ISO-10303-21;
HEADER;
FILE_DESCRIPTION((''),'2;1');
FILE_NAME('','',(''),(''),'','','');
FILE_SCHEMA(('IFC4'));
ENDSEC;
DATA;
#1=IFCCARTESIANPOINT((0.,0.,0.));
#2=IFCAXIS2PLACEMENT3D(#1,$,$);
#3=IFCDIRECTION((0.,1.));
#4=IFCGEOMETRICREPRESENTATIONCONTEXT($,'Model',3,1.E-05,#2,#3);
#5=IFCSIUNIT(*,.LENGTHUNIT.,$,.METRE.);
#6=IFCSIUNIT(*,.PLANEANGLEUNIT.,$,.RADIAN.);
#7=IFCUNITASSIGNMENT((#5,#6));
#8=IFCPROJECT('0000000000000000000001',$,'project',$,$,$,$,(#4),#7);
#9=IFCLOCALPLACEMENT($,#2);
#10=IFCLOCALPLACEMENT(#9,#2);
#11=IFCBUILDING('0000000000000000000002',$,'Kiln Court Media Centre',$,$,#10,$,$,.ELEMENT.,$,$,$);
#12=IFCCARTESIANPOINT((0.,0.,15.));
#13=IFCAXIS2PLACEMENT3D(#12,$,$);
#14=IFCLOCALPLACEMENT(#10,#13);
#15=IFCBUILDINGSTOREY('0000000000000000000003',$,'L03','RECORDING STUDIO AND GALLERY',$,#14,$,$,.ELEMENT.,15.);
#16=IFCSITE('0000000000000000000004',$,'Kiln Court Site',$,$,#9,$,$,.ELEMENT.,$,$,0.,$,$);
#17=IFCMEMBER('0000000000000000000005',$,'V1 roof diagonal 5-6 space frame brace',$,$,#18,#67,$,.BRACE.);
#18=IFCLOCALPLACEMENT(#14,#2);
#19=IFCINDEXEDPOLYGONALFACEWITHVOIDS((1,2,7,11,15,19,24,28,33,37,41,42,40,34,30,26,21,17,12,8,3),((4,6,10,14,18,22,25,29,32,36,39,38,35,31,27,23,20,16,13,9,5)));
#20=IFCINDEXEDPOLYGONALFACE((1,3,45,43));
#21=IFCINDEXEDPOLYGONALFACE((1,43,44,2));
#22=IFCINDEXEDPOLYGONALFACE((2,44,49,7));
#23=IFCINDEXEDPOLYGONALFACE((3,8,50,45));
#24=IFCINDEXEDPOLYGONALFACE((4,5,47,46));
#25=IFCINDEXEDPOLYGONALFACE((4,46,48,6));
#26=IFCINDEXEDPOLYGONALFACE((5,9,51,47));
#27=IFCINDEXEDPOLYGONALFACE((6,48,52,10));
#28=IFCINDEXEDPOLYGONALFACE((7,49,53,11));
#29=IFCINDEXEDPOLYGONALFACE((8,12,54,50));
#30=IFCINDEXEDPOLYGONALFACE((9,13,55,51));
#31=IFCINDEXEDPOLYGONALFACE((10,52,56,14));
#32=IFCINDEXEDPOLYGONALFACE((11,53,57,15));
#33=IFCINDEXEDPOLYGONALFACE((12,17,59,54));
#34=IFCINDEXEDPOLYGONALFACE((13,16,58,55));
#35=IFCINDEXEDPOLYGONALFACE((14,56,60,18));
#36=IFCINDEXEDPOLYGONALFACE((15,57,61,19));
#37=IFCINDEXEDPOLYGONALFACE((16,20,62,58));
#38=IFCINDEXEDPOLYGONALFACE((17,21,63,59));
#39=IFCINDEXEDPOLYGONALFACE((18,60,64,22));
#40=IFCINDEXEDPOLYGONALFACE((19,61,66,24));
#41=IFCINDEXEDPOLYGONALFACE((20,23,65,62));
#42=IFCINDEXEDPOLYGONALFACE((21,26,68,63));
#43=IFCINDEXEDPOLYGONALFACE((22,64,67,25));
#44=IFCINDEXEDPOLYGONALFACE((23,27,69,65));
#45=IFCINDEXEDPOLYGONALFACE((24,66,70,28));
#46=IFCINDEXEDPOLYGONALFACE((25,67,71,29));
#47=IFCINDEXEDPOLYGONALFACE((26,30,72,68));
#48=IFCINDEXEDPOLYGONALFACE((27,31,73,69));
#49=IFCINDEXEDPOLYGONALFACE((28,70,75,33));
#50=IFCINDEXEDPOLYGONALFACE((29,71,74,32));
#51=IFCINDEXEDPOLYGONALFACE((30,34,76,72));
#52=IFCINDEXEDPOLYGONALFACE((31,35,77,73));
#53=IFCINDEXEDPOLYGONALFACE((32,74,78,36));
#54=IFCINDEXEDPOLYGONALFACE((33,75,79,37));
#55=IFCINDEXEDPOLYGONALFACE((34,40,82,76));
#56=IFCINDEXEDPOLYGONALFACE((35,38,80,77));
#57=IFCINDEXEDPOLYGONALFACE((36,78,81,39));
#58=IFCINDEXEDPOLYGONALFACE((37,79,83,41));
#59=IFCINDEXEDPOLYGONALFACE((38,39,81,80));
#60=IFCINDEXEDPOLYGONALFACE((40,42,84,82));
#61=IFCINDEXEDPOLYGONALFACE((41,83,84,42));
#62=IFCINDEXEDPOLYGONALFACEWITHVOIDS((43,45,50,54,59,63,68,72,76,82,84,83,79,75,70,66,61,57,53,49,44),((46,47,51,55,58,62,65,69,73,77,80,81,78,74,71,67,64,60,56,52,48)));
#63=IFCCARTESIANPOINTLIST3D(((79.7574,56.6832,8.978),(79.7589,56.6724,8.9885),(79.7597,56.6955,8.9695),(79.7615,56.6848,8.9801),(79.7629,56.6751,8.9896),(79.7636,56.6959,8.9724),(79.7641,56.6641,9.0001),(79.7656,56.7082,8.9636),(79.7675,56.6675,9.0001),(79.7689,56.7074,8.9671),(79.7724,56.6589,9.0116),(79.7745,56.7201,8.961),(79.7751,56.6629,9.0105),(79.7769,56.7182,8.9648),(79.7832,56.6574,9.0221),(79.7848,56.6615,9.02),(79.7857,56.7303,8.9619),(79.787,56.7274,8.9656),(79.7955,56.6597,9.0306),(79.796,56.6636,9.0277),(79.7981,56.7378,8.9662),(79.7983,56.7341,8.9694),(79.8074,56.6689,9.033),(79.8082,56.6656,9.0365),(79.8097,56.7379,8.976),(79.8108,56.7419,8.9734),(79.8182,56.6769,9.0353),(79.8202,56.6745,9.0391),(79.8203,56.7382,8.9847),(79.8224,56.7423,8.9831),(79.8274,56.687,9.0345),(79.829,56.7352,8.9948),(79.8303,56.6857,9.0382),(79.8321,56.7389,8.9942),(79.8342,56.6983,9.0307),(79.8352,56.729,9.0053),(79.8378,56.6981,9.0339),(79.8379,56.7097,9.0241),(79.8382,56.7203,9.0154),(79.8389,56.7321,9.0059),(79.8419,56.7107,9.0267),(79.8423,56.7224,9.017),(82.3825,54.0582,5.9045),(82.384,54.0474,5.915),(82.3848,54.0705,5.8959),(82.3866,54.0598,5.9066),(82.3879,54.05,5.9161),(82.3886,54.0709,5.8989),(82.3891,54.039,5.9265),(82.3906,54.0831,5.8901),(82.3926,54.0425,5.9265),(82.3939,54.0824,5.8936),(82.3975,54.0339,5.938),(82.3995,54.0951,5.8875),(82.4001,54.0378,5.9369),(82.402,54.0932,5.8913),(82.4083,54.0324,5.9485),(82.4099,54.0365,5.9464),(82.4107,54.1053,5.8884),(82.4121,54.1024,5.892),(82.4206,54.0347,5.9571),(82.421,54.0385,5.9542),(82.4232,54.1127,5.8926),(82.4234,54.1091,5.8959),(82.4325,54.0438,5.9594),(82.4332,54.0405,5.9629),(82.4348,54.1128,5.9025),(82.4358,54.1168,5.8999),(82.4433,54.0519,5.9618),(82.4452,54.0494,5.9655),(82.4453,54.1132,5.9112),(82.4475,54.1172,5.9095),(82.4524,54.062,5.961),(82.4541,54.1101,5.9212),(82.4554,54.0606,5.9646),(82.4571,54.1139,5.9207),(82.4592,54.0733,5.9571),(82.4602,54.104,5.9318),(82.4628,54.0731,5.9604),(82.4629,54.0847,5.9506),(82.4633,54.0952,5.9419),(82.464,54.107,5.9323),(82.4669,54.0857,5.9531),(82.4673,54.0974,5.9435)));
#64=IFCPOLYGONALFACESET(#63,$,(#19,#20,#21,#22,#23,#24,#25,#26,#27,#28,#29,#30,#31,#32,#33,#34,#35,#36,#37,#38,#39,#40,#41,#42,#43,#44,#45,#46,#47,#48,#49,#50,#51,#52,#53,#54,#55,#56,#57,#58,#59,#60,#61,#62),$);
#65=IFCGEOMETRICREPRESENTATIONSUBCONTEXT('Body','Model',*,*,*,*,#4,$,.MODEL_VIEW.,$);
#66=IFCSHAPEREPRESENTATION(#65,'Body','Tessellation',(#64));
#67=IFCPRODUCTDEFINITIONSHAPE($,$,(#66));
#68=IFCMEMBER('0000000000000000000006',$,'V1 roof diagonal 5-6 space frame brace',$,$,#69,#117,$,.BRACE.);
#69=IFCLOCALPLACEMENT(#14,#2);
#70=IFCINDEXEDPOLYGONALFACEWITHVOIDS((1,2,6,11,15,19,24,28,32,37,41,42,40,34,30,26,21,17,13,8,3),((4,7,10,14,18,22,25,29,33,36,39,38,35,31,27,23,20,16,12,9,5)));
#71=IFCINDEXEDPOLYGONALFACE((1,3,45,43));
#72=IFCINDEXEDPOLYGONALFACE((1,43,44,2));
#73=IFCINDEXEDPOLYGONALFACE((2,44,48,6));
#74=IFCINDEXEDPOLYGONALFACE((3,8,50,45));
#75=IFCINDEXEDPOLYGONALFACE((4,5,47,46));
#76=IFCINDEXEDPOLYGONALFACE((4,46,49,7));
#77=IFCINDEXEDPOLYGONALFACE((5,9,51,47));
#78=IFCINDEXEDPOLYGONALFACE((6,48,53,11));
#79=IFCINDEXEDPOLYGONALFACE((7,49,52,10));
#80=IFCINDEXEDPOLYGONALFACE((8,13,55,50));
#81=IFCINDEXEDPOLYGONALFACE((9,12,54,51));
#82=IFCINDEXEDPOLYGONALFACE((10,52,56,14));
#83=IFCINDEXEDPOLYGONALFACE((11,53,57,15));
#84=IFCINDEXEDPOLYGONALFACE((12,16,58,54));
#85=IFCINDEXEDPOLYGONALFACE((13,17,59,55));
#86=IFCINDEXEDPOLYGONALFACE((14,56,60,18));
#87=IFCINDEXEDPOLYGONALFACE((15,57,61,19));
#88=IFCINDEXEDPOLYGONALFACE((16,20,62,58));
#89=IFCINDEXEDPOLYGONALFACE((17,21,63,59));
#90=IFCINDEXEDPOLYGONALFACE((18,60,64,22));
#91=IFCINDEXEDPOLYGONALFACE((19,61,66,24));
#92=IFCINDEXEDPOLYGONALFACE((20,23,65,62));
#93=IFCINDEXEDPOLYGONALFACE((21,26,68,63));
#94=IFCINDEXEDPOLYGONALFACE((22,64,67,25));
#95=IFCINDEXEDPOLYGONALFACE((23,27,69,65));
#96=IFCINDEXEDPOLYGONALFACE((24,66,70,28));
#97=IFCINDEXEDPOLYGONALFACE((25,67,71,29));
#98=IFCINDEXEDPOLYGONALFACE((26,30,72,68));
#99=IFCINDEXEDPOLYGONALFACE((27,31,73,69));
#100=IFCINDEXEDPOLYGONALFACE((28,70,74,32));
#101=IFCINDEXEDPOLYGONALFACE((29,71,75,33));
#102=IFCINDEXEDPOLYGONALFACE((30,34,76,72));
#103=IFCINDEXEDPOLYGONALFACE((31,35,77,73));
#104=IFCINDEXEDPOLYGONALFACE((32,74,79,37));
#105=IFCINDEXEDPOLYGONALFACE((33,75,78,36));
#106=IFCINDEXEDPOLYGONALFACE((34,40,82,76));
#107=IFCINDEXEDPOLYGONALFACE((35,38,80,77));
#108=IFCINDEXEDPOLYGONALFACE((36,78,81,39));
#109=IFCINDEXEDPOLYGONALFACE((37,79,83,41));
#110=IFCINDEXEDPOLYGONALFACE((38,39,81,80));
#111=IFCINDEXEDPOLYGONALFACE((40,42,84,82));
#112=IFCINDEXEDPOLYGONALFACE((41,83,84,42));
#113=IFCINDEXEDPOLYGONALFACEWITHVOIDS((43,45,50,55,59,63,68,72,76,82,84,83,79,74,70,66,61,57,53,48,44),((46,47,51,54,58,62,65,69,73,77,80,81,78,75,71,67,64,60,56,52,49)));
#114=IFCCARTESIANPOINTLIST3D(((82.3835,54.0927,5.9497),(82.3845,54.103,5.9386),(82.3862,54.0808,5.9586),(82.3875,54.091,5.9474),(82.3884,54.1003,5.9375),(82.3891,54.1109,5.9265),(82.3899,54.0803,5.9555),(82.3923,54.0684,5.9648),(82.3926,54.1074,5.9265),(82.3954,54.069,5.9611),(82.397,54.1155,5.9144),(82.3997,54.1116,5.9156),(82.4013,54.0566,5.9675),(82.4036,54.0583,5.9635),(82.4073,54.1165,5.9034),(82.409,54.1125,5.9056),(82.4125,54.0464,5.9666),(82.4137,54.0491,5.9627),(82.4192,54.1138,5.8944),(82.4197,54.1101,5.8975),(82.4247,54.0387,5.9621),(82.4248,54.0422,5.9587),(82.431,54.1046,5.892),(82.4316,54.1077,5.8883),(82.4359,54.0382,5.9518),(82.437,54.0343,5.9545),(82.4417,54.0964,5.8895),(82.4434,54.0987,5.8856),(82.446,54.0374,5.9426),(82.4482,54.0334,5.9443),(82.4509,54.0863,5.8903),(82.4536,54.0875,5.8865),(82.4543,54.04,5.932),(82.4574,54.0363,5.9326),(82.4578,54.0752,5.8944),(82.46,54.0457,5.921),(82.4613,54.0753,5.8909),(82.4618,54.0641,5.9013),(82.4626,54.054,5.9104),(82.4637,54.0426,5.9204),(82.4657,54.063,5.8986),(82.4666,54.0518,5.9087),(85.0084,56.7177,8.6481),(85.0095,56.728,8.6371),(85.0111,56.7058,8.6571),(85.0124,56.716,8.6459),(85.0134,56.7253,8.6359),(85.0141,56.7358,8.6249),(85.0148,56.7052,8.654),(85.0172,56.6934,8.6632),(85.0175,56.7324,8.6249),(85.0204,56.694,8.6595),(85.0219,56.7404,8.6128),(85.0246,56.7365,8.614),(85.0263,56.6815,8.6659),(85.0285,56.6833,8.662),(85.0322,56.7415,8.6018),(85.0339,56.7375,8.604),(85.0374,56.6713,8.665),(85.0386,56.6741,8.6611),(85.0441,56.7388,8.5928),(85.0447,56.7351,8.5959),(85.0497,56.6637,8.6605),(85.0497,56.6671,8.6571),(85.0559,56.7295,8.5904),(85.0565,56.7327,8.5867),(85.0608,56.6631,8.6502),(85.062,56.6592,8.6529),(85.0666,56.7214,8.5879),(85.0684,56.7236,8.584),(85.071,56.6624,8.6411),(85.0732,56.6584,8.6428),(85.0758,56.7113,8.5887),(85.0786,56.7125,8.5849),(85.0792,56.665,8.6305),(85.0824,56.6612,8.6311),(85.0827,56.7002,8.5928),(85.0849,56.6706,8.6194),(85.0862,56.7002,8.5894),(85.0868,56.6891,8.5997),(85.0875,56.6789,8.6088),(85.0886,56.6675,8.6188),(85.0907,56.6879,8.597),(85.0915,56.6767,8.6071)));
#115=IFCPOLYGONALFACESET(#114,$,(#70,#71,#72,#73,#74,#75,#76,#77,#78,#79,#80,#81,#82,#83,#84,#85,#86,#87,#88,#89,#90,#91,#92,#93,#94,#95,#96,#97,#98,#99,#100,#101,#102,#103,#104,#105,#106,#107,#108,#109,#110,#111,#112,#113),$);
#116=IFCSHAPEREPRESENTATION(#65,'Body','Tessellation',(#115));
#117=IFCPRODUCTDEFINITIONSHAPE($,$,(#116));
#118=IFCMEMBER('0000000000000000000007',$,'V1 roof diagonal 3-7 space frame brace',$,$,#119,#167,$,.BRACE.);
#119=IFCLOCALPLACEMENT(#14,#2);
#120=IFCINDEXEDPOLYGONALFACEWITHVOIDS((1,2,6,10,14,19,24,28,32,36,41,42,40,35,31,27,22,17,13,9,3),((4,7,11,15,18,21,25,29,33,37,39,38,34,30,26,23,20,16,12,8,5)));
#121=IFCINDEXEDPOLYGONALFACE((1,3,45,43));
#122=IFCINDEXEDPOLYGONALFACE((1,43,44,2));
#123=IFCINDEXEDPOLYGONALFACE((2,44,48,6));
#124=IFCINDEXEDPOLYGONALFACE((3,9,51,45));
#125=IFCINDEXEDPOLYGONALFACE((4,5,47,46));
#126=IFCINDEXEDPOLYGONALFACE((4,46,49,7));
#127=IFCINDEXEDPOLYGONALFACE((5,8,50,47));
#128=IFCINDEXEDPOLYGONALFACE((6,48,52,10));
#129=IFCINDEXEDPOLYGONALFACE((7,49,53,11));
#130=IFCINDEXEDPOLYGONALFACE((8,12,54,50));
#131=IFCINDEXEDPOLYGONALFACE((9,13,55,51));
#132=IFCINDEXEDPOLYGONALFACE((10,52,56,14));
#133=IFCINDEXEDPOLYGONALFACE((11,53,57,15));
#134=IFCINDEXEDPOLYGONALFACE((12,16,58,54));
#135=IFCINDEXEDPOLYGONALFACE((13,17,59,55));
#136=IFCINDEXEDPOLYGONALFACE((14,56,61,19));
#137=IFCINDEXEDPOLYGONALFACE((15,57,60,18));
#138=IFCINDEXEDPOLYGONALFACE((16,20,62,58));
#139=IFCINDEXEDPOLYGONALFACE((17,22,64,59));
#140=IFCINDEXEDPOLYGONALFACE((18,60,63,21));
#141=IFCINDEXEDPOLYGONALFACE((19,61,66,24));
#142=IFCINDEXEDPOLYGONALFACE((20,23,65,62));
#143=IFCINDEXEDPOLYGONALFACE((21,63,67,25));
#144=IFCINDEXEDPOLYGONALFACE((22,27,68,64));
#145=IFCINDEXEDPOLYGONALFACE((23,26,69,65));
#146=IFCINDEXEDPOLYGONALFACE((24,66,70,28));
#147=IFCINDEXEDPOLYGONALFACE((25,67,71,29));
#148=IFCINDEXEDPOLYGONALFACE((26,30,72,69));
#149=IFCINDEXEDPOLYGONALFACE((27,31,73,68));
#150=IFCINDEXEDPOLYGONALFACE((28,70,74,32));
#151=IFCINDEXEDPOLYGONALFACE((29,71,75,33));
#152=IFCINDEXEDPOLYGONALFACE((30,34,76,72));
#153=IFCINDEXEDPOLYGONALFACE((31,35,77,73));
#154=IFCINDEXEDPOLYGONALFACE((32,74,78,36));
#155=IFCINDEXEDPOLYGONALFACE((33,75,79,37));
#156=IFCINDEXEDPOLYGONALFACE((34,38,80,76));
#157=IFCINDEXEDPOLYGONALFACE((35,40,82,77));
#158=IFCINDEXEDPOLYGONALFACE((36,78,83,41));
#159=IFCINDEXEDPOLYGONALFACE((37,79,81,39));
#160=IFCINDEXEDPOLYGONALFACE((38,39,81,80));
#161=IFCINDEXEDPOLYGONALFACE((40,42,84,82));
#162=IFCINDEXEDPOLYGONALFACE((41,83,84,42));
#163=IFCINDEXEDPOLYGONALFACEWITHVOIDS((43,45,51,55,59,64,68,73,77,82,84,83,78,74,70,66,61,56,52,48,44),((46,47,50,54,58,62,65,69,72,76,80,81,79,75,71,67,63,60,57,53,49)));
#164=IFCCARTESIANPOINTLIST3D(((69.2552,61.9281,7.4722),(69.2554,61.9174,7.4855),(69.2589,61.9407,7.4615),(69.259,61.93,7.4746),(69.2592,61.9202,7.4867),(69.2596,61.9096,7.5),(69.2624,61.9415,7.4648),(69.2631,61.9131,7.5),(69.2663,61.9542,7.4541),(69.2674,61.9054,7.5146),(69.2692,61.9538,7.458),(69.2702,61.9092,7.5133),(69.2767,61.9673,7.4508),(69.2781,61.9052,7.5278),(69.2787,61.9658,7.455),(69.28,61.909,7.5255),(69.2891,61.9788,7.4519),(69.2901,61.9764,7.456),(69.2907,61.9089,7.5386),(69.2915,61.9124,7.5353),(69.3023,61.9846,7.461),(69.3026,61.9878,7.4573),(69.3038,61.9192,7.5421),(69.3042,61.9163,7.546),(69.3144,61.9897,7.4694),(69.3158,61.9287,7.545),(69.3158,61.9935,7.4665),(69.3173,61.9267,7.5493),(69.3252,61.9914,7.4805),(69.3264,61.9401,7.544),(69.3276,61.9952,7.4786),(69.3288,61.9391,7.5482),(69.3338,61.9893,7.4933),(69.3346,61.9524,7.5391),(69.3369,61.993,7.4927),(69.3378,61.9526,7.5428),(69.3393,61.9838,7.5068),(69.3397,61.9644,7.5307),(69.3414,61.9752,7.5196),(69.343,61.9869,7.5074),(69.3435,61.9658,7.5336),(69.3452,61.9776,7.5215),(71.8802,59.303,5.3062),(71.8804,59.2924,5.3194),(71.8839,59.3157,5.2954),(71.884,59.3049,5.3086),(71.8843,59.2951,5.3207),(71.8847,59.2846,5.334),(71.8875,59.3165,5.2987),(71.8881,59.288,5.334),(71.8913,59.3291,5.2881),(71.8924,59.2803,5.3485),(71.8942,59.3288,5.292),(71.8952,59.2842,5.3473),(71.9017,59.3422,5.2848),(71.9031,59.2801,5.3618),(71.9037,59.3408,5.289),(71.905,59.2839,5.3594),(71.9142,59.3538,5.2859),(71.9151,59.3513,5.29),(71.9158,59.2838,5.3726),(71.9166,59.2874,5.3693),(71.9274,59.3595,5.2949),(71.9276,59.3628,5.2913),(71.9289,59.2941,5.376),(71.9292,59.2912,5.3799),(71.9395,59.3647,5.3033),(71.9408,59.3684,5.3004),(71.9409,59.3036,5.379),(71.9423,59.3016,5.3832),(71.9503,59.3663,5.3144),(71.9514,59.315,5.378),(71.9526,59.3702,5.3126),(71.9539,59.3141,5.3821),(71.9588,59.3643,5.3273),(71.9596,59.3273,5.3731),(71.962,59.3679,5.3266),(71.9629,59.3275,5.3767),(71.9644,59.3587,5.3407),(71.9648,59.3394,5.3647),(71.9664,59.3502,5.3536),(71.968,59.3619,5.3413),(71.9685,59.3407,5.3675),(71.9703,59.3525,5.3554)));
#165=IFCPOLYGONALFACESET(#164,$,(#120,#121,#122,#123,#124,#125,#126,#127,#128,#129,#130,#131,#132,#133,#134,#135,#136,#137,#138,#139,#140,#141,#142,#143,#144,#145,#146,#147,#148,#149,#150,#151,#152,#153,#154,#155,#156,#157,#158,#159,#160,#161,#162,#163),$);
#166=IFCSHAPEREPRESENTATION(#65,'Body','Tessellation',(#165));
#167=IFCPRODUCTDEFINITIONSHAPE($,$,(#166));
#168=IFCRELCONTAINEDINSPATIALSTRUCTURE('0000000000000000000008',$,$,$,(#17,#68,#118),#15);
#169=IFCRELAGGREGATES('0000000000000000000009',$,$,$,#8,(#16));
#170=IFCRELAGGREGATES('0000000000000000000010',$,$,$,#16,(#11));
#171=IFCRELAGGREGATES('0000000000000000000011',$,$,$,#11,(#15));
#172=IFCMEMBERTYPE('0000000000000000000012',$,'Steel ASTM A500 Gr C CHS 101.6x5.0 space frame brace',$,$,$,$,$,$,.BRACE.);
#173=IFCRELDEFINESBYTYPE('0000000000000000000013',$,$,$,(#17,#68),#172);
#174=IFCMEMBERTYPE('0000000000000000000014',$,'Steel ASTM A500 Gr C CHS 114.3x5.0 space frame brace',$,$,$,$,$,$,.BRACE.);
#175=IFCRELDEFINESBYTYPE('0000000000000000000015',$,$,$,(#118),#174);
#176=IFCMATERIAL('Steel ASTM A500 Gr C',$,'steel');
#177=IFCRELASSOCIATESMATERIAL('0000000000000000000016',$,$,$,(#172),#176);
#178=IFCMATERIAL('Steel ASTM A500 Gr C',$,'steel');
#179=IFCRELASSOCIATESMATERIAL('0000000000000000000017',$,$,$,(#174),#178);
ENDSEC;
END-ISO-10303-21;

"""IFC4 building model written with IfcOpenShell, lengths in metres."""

from ifc_helpers import new_model, si_unit, direction, frame, origin, origin_2d, place, context, subcontext, project, spatial, hollow_circle, extrude, material, material_profile, profile_set, type_object, element, save


model = new_model("IFC4")

# Units and contexts
model_context = context("Model", 3, precision=1e-05, world=origin(), true_north=direction((0.0, 1.0)))
body_context = subcontext(model_context, "Body", "Model", "MODEL_VIEW")
ifc_project = project(units=[si_unit("LENGTHUNIT", "METRE"), si_unit("PLANEANGLEUNIT", "RADIAN")], contexts=[model_context])

# Site, building, storey
site_placement = place(None, origin())
site = spatial("IfcSite", under=ifc_project, at=site_placement, Name="Kiln Court Site", CompositionType="ELEMENT", RefElevation=0.0)
building_placement = place(site_placement, origin())
building = spatial("IfcBuilding", under=site, at=building_placement, Name="Kiln Court Media Centre", CompositionType="ELEMENT")
storey_placement = place(building_placement, frame((0.0, 0.0, 15.0)))
storey = spatial("IfcBuildingStorey", under=building, at=storey_placement, Name="L03", Description="RECORDING STUDIO AND GALLERY", CompositionType="ELEMENT", Elevation=15.0)

# Members
ifc_material_1 = material(Name="Steel ASTM A500 Gr C", Category="steel")
ifc_material_profile_1 = material_profile(ifc_material_1, hollow_circle(Radius=0.0508, WallThickness=0.0049, at=origin_2d()), Name="CHS 101.6x5.0")
ifc_profile_set_1 = profile_set([ifc_material_profile_1], Name="Steel ASTM A500 Gr C")
member_type_1 = type_object("IfcMemberType", Name="Steel ASTM A500 Gr C CHS 101.6x5.0 space frame brace", PredefinedType="BRACE", material=ifc_profile_set_1)
member_1_placement = place(storey_placement, frame((82.425, 54.075, 5.9265), z_axis=(-0.544662, 0.544662, 0.637719), x_axis=(-0.707107, -0.707107, 0.0)))
element("IfcMember", 1, at=member_1_placement, inside=storey, type_object=member_type_1, Name="V1 roof diagonal 5-6 space frame brace", PredefinedType="BRACE", context=body_context, shape_type="SweptSolid", body=[
    extrude(hollow_circle(Radius=0.0508, WallThickness=0.0049, at=origin_2d()), origin(), (0.0, 0.0, 1.0), 4.8196),
])
member_2_placement = place(storey_placement, frame((82.425, 54.075, 5.9265), z_axis=(0.571964, 0.571964, 0.587976), x_axis=(-0.707107, 0.707107, 0.0)))
element("IfcMember", 2, at=member_2_placement, inside=storey, type_object=member_type_1, Name="V1 roof diagonal 5-6 space frame brace", PredefinedType="BRACE", context=body_context, shape_type="SweptSolid", body=[
    extrude(hollow_circle(Radius=0.0508, WallThickness=0.0049, at=origin_2d()), origin(), (0.0, 0.0, 1.0), 4.5894),
])
ifc_material_2 = material(Name="Steel ASTM A500 Gr C", Category="steel")
ifc_material_profile_2 = material_profile(ifc_material_2, hollow_circle(Radius=0.0571, WallThickness=0.0049, at=origin_2d()), Name="CHS 114.3x5.0")
ifc_profile_set_2 = profile_set([ifc_material_profile_2], Name="Steel ASTM A500 Gr C")
member_type_2 = type_object("IfcMemberType", Name="Steel ASTM A500 Gr C CHS 114.3x5.0 space frame brace", PredefinedType="BRACE", material=ifc_profile_set_2)
member_3_placement = place(storey_placement, frame((71.925, 59.325, 5.334), z_axis=(-0.610748, 0.610748, 0.503958), x_axis=(-0.707107, -0.707107, 0.0)))
element("IfcMember", 3, at=member_3_placement, inside=storey, type_object=member_type_2, Name="V1 roof diagonal 3-7 space frame brace", PredefinedType="BRACE", context=body_context, shape_type="SweptSolid", body=[
    extrude(hollow_circle(Radius=0.0571, WallThickness=0.0049, at=origin_2d()), origin(), (0.0, 0.0, 1.0), 4.2981),
])

save(model, "model.ifc")
